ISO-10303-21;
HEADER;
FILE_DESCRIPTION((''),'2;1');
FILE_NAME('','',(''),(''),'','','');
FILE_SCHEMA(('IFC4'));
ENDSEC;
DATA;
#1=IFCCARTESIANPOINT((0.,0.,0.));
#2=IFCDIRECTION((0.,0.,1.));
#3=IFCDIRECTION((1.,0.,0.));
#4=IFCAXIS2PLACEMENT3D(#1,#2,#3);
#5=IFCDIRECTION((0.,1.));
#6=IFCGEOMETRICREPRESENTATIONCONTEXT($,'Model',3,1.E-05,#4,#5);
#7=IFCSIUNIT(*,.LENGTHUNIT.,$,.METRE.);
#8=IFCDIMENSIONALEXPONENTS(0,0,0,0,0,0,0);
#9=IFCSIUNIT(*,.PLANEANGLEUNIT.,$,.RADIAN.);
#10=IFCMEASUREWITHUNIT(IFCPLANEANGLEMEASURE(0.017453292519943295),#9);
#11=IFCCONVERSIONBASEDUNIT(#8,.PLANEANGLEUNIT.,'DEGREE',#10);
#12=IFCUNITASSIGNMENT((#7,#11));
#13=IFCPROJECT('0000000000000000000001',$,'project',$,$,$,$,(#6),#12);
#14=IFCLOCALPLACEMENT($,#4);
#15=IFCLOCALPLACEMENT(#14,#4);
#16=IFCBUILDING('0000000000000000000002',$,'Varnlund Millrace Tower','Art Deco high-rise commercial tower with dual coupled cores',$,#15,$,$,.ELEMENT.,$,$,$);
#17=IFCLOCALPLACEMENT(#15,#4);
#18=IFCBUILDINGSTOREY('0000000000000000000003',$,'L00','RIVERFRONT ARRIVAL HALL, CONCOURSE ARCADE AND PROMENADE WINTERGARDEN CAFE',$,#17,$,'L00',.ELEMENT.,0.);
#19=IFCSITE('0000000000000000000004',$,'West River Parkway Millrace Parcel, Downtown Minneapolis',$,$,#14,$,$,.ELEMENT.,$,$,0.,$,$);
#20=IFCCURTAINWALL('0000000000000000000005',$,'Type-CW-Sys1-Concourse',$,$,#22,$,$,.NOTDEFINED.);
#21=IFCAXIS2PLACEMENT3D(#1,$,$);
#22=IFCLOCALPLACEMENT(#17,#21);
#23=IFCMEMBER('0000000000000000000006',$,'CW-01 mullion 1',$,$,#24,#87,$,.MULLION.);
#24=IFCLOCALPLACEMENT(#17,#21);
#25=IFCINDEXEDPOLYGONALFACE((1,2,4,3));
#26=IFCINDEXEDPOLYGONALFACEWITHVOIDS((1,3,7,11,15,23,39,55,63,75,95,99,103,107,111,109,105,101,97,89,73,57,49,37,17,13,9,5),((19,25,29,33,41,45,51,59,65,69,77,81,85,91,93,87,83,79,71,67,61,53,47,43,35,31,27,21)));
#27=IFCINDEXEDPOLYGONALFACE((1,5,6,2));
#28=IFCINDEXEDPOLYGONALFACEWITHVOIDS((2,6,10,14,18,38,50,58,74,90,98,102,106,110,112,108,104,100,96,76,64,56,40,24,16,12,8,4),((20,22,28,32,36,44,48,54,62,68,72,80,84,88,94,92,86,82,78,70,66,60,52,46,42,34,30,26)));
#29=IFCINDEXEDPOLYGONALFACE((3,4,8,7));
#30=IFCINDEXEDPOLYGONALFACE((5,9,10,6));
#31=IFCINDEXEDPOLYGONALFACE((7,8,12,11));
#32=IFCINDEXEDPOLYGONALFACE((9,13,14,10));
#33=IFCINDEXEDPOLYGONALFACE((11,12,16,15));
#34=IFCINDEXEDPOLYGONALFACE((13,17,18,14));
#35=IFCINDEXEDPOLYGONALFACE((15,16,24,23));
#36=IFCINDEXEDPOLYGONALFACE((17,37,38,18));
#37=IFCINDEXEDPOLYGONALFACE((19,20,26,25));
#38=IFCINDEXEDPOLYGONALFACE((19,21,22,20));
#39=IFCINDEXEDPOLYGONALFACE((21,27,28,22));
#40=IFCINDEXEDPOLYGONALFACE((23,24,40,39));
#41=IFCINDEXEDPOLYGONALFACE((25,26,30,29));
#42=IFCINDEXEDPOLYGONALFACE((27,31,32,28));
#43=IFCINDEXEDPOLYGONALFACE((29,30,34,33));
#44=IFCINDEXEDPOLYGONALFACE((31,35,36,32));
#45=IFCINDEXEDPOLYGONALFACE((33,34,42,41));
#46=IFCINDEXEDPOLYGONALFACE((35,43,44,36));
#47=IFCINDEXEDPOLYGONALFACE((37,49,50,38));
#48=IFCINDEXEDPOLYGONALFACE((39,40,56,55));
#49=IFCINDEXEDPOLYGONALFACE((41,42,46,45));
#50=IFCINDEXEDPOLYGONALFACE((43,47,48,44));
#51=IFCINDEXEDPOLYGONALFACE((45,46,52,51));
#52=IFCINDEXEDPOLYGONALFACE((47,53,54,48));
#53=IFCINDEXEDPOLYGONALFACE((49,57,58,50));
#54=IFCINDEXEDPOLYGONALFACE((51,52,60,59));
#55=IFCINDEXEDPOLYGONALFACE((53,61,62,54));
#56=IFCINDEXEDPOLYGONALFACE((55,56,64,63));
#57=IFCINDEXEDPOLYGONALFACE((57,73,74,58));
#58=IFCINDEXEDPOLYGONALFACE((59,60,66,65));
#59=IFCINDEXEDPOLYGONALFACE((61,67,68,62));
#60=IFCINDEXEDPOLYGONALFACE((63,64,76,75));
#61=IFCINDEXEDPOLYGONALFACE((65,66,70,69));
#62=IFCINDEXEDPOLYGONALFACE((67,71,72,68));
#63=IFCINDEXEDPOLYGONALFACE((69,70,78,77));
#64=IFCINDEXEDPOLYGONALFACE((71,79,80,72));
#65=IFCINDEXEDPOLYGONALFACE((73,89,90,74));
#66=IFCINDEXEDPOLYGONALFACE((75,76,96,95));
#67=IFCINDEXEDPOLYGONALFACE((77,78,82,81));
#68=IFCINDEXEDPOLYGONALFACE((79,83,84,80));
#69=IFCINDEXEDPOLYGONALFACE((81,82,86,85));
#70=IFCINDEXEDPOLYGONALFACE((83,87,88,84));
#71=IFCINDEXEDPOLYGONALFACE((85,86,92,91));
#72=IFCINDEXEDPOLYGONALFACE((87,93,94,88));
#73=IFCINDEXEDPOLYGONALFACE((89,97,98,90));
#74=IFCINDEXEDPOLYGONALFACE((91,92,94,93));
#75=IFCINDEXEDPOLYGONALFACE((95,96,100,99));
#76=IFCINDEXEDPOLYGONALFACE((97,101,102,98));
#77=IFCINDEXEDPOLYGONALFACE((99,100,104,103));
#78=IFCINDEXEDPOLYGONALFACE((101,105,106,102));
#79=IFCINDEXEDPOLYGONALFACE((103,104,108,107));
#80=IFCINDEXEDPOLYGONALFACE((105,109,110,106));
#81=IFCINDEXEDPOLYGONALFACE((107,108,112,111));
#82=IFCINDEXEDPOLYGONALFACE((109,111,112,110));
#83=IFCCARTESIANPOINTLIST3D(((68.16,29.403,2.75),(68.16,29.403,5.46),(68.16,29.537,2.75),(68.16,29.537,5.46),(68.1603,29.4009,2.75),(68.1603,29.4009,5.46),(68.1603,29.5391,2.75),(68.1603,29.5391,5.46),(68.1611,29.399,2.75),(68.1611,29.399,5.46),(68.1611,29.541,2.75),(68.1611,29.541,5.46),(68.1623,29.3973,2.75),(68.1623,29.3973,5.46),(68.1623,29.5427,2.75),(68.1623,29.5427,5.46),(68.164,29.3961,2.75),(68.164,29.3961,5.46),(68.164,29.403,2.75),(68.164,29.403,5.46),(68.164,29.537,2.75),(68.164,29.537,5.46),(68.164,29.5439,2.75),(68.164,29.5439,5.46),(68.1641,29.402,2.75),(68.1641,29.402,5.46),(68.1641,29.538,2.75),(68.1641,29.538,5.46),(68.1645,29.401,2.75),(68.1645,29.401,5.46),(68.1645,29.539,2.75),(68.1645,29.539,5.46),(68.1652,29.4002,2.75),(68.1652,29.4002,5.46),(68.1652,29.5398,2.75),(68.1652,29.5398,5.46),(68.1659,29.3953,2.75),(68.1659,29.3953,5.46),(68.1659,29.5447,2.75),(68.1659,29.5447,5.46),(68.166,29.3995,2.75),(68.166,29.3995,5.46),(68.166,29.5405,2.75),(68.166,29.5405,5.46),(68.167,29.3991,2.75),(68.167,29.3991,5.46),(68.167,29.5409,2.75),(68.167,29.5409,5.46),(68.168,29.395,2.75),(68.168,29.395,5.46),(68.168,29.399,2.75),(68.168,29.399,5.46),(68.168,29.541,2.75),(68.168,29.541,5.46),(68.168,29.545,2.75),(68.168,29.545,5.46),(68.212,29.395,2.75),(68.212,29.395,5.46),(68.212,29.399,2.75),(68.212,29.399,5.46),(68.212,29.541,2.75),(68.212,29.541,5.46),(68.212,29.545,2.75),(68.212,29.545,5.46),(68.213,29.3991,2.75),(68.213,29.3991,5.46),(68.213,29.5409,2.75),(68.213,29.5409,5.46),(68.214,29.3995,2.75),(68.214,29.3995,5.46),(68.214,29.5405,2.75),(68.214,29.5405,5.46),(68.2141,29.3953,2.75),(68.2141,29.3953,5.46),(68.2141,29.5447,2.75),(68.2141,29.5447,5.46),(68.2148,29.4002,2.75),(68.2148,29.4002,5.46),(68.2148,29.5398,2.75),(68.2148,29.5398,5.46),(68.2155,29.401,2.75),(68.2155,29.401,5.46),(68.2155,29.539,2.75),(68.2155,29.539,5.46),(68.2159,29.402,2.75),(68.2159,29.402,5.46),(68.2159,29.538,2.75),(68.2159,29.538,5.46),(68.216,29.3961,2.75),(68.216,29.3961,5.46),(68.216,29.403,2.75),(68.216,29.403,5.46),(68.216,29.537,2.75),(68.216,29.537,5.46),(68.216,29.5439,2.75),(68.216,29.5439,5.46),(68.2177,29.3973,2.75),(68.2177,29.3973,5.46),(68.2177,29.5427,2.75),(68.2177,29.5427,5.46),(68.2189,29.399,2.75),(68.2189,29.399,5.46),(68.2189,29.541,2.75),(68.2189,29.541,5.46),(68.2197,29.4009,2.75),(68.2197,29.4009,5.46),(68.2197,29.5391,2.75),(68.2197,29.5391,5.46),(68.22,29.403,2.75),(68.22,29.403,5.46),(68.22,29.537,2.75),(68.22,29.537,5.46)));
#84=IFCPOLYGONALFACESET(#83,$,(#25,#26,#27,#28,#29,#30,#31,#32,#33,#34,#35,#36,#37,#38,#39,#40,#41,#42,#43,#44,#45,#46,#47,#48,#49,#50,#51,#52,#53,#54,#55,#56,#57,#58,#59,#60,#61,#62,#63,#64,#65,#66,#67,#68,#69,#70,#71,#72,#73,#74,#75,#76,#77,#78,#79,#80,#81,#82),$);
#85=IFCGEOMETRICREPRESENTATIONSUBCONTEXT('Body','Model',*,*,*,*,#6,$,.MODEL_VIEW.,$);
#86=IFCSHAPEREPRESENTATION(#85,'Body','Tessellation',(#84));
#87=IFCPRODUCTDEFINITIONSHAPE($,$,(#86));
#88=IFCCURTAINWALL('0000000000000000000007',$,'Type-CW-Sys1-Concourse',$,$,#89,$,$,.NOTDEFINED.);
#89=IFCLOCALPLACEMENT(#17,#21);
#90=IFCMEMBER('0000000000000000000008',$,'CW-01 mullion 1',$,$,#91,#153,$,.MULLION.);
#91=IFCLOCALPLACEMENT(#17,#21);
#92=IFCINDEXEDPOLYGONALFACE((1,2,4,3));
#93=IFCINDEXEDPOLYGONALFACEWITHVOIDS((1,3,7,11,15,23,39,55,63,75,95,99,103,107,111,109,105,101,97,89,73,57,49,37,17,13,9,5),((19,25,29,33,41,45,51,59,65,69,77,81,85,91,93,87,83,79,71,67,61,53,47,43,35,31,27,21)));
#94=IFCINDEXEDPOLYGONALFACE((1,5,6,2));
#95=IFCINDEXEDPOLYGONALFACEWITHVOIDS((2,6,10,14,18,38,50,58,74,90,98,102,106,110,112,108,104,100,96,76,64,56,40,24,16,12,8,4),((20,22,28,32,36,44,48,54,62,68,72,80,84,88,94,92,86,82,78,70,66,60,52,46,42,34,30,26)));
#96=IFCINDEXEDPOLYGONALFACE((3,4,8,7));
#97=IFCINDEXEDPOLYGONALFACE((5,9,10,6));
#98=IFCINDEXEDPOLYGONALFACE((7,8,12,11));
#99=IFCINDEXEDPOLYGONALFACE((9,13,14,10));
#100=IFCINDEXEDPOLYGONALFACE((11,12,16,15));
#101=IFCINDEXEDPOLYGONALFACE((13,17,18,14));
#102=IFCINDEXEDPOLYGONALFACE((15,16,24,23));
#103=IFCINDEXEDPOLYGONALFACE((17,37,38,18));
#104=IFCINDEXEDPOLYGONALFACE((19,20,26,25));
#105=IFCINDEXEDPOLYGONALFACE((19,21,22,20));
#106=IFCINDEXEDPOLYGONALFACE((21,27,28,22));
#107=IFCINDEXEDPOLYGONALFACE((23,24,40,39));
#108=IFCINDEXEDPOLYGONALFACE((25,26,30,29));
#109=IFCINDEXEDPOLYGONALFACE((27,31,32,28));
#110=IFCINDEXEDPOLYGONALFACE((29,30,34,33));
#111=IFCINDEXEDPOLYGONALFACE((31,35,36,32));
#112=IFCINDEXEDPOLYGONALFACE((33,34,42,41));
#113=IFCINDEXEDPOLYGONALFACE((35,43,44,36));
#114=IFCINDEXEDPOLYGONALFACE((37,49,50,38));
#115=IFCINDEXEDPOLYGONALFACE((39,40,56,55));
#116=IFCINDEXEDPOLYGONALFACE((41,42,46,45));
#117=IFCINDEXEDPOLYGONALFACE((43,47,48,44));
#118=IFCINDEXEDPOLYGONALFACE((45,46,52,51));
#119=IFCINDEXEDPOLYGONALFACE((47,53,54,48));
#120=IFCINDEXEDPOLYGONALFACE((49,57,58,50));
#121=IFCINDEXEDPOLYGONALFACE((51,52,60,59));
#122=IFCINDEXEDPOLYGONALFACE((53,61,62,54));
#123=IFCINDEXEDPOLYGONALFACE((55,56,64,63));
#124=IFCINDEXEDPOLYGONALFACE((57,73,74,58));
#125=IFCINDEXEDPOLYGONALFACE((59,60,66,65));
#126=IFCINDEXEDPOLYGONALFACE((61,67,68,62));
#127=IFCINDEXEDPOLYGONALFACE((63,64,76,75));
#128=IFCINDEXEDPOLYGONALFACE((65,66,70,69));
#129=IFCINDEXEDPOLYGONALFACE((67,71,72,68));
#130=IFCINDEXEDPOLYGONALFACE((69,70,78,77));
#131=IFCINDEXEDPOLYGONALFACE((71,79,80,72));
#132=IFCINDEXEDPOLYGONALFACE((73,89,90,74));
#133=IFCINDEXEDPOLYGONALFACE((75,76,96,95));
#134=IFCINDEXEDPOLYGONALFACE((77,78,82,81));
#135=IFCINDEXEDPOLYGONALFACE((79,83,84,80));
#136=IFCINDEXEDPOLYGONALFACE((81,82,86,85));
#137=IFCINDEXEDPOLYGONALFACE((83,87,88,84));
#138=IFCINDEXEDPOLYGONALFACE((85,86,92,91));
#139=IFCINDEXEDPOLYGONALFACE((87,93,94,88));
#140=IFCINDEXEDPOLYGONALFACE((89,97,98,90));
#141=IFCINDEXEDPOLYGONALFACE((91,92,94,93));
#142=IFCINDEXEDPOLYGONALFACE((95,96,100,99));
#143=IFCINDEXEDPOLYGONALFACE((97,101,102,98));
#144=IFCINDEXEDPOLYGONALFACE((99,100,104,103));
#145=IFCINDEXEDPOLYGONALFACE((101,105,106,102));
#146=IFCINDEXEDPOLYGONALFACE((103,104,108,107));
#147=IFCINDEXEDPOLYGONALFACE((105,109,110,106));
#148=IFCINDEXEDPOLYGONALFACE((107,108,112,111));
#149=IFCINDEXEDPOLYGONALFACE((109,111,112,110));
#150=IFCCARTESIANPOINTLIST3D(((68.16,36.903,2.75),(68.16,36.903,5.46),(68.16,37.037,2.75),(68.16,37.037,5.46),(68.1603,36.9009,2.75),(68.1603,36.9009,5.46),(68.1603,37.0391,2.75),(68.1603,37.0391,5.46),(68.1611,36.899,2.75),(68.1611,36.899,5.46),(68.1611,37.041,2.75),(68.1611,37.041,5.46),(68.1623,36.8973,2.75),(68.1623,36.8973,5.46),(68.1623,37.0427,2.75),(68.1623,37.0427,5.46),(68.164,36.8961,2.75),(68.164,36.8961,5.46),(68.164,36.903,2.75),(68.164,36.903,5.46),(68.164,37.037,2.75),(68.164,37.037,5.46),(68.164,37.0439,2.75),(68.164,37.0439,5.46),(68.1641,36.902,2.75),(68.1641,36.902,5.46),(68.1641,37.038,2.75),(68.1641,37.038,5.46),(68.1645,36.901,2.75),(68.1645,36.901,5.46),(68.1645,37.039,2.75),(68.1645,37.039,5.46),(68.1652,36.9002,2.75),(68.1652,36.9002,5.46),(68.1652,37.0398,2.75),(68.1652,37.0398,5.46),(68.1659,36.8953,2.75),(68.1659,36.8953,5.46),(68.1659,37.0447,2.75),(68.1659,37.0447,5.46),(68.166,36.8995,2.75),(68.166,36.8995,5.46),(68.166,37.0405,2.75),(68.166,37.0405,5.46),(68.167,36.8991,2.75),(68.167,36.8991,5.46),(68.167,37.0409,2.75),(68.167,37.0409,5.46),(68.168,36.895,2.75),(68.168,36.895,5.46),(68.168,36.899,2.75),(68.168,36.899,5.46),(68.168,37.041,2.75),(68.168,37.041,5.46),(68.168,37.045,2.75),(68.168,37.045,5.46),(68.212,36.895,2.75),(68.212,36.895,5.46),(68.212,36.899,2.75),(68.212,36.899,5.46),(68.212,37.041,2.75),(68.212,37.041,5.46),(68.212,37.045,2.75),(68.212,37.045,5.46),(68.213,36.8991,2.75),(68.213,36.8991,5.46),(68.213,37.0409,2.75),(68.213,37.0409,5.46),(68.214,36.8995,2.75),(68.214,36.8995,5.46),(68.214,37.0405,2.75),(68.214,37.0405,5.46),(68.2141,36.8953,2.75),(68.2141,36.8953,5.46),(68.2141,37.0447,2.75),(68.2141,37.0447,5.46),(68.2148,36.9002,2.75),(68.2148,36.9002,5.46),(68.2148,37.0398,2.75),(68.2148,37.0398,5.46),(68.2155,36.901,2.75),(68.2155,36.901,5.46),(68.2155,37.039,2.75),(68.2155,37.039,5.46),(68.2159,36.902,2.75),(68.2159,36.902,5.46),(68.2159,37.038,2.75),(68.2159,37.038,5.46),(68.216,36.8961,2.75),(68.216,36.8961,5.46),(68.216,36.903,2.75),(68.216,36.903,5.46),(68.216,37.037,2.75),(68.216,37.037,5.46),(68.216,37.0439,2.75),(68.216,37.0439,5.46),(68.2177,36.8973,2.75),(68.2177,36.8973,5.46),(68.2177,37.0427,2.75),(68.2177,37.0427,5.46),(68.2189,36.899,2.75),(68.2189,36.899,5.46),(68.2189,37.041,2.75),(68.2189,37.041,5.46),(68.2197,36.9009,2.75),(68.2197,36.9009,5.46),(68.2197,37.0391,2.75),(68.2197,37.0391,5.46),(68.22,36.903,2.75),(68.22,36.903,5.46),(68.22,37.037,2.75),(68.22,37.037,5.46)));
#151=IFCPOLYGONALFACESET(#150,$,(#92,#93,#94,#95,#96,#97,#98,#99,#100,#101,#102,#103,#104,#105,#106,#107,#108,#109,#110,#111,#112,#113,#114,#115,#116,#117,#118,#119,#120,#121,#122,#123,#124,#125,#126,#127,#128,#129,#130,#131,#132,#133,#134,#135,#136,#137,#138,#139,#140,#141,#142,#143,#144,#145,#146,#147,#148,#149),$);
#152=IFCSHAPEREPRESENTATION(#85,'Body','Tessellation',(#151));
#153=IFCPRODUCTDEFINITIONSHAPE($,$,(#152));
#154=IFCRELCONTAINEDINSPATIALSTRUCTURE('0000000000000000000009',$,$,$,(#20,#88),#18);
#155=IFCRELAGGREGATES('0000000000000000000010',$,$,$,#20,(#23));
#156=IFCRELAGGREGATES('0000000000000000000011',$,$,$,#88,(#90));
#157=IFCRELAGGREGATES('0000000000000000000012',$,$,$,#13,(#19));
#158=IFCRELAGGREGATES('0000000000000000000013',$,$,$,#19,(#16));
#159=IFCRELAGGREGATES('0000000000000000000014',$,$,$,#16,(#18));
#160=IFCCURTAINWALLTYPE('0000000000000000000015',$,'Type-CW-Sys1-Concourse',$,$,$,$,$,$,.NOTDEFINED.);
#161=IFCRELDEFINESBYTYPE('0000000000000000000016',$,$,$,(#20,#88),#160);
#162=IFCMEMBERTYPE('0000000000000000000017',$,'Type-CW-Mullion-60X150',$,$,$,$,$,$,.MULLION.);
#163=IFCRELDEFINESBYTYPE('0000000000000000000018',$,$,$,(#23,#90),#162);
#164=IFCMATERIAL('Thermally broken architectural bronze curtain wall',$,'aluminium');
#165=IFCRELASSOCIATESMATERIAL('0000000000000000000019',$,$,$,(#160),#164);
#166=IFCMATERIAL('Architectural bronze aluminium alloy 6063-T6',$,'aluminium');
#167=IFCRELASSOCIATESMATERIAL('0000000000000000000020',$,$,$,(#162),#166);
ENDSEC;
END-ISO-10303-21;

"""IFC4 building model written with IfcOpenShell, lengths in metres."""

from ifc_helpers import new_model, entity, si_unit, converted_unit, direction, frame, origin_with_axes, origin_2d_with_axis, place, context, subcontext, project, spatial, hollow_rectangle, extrude, material, material_profile, profile_set, type_object, element, aggregate, save


model = new_model("IFC4")

# Units and contexts
model_context = context("Model", 3, precision=1e-05, world=origin_with_axes(), true_north=direction((0.0, 1.0)))
body_context = subcontext(model_context, "Body", "Model", "MODEL_VIEW")
ifc_project = project(units=[si_unit("LENGTHUNIT", "METRE"), converted_unit("PLANEANGLEUNIT", "DEGREE", entity("IfcPlaneAngleMeasure", 0.017453292519943295), si_unit("PLANEANGLEUNIT", "RADIAN"), dimensions=[0, 0, 0, 0, 0, 0, 0])], contexts=[model_context])

# Site, building, storey
site_placement = place(None, origin_with_axes())
site = spatial("IfcSite", under=ifc_project, at=site_placement, Name="West River Parkway Millrace Parcel, Downtown Minneapolis", CompositionType="ELEMENT", RefElevation=0.0)
building_placement = place(site_placement, origin_with_axes())
building = spatial("IfcBuilding", under=site, at=building_placement, Name="Varnlund Millrace Tower", Description="Art Deco high-rise commercial tower with dual coupled cores", CompositionType="ELEMENT")
storey_placement = place(building_placement, origin_with_axes())
storey = spatial("IfcBuildingStorey", under=building, at=storey_placement, Name="L00", Description="RIVERFRONT ARRIVAL HALL, CONCOURSE ARCADE AND PROMENADE WINTERGARDEN CAFE", LongName="L00", CompositionType="ELEMENT", Elevation=0.0)

# Curtain wall, member
ifc_material_1 = material(Name="Thermally broken architectural bronze curtain wall", Category="aluminium")
curtain_wall_type = type_object("IfcCurtainWallType", Name="Type-CW-Sys1-Concourse", PredefinedType="NOTDEFINED", material=ifc_material_1)
curtain_wall_1_placement = place(storey_placement, frame((68.19, 29.5, 2.75), z_axis=(0.0, 0.0, 1.0), x_axis=(1.0, 0.0, 0.0)))
curtain_wall_1 = element("IfcCurtainWall", 1, at=curtain_wall_1_placement, inside=storey, type_object=curtain_wall_type, Name="Type-CW-Sys1-Concourse", PredefinedType="NOTDEFINED")
ifc_material_2 = material(Name="Architectural bronze aluminium alloy 6063-T6", Category="aluminium")
ifc_material_profile_1 = material_profile(ifc_material_2, hollow_rectangle(XDim=0.06, YDim=0.15, WallThickness=0.004, InnerFilletRadius=0.004, OuterFilletRadius=0.008, at=origin_2d_with_axis()), Name="Architectural bronze aluminium alloy 6063-T6")
ifc_profile_set_1 = profile_set([ifc_material_profile_1], Name="Architectural bronze aluminium alloy 6063-T6")
member_type_1 = type_object("IfcMemberType", Name="Type-CW-Mullion-60X150", PredefinedType="MULLION", material=ifc_profile_set_1)
member_1_placement = place(storey_placement, frame((68.19, 29.47, 2.75), z_axis=(0.0, 0.0, 1.0), x_axis=(1.0, 0.0, 0.0)))
member_1 = element("IfcMember", 2, at=member_1_placement, type_object=member_type_1, Name="CW-01 mullion 1", PredefinedType="MULLION", context=body_context, shape_type="SweptSolid", body=[
    extrude(hollow_rectangle(XDim=0.06, YDim=0.15, WallThickness=0.004, InnerFilletRadius=0.004, OuterFilletRadius=0.008, at=origin_2d_with_axis()), origin_with_axes(), (0.0, 0.0, 1.0), 2.71),
])

# Curtain wall, member
curtain_wall_2_placement = place(storey_placement, frame((68.19, 37.0, 2.75), z_axis=(0.0, 0.0, 1.0), x_axis=(1.0, 0.0, 0.0)))
curtain_wall_2 = element("IfcCurtainWall", 3, at=curtain_wall_2_placement, inside=storey, type_object=curtain_wall_type, Name="Type-CW-Sys1-Concourse", PredefinedType="NOTDEFINED")
member_2_placement = place(storey_placement, frame((68.19, 36.97, 2.75), z_axis=(0.0, 0.0, 1.0), x_axis=(1.0, 0.0, 0.0)))
member_2 = element("IfcMember", 4, at=member_2_placement, type_object=member_type_1, Name="CW-01 mullion 1", PredefinedType="MULLION", context=body_context, shape_type="SweptSolid", body=[
    extrude(hollow_rectangle(XDim=0.06, YDim=0.15, WallThickness=0.004, InnerFilletRadius=0.004, OuterFilletRadius=0.008, at=origin_2d_with_axis()), origin_with_axes(), (0.0, 0.0, 1.0), 2.71),
])

aggregate(curtain_wall_1, [member_1])
aggregate(curtain_wall_2, [member_2])

save(model, "model.ifc")
